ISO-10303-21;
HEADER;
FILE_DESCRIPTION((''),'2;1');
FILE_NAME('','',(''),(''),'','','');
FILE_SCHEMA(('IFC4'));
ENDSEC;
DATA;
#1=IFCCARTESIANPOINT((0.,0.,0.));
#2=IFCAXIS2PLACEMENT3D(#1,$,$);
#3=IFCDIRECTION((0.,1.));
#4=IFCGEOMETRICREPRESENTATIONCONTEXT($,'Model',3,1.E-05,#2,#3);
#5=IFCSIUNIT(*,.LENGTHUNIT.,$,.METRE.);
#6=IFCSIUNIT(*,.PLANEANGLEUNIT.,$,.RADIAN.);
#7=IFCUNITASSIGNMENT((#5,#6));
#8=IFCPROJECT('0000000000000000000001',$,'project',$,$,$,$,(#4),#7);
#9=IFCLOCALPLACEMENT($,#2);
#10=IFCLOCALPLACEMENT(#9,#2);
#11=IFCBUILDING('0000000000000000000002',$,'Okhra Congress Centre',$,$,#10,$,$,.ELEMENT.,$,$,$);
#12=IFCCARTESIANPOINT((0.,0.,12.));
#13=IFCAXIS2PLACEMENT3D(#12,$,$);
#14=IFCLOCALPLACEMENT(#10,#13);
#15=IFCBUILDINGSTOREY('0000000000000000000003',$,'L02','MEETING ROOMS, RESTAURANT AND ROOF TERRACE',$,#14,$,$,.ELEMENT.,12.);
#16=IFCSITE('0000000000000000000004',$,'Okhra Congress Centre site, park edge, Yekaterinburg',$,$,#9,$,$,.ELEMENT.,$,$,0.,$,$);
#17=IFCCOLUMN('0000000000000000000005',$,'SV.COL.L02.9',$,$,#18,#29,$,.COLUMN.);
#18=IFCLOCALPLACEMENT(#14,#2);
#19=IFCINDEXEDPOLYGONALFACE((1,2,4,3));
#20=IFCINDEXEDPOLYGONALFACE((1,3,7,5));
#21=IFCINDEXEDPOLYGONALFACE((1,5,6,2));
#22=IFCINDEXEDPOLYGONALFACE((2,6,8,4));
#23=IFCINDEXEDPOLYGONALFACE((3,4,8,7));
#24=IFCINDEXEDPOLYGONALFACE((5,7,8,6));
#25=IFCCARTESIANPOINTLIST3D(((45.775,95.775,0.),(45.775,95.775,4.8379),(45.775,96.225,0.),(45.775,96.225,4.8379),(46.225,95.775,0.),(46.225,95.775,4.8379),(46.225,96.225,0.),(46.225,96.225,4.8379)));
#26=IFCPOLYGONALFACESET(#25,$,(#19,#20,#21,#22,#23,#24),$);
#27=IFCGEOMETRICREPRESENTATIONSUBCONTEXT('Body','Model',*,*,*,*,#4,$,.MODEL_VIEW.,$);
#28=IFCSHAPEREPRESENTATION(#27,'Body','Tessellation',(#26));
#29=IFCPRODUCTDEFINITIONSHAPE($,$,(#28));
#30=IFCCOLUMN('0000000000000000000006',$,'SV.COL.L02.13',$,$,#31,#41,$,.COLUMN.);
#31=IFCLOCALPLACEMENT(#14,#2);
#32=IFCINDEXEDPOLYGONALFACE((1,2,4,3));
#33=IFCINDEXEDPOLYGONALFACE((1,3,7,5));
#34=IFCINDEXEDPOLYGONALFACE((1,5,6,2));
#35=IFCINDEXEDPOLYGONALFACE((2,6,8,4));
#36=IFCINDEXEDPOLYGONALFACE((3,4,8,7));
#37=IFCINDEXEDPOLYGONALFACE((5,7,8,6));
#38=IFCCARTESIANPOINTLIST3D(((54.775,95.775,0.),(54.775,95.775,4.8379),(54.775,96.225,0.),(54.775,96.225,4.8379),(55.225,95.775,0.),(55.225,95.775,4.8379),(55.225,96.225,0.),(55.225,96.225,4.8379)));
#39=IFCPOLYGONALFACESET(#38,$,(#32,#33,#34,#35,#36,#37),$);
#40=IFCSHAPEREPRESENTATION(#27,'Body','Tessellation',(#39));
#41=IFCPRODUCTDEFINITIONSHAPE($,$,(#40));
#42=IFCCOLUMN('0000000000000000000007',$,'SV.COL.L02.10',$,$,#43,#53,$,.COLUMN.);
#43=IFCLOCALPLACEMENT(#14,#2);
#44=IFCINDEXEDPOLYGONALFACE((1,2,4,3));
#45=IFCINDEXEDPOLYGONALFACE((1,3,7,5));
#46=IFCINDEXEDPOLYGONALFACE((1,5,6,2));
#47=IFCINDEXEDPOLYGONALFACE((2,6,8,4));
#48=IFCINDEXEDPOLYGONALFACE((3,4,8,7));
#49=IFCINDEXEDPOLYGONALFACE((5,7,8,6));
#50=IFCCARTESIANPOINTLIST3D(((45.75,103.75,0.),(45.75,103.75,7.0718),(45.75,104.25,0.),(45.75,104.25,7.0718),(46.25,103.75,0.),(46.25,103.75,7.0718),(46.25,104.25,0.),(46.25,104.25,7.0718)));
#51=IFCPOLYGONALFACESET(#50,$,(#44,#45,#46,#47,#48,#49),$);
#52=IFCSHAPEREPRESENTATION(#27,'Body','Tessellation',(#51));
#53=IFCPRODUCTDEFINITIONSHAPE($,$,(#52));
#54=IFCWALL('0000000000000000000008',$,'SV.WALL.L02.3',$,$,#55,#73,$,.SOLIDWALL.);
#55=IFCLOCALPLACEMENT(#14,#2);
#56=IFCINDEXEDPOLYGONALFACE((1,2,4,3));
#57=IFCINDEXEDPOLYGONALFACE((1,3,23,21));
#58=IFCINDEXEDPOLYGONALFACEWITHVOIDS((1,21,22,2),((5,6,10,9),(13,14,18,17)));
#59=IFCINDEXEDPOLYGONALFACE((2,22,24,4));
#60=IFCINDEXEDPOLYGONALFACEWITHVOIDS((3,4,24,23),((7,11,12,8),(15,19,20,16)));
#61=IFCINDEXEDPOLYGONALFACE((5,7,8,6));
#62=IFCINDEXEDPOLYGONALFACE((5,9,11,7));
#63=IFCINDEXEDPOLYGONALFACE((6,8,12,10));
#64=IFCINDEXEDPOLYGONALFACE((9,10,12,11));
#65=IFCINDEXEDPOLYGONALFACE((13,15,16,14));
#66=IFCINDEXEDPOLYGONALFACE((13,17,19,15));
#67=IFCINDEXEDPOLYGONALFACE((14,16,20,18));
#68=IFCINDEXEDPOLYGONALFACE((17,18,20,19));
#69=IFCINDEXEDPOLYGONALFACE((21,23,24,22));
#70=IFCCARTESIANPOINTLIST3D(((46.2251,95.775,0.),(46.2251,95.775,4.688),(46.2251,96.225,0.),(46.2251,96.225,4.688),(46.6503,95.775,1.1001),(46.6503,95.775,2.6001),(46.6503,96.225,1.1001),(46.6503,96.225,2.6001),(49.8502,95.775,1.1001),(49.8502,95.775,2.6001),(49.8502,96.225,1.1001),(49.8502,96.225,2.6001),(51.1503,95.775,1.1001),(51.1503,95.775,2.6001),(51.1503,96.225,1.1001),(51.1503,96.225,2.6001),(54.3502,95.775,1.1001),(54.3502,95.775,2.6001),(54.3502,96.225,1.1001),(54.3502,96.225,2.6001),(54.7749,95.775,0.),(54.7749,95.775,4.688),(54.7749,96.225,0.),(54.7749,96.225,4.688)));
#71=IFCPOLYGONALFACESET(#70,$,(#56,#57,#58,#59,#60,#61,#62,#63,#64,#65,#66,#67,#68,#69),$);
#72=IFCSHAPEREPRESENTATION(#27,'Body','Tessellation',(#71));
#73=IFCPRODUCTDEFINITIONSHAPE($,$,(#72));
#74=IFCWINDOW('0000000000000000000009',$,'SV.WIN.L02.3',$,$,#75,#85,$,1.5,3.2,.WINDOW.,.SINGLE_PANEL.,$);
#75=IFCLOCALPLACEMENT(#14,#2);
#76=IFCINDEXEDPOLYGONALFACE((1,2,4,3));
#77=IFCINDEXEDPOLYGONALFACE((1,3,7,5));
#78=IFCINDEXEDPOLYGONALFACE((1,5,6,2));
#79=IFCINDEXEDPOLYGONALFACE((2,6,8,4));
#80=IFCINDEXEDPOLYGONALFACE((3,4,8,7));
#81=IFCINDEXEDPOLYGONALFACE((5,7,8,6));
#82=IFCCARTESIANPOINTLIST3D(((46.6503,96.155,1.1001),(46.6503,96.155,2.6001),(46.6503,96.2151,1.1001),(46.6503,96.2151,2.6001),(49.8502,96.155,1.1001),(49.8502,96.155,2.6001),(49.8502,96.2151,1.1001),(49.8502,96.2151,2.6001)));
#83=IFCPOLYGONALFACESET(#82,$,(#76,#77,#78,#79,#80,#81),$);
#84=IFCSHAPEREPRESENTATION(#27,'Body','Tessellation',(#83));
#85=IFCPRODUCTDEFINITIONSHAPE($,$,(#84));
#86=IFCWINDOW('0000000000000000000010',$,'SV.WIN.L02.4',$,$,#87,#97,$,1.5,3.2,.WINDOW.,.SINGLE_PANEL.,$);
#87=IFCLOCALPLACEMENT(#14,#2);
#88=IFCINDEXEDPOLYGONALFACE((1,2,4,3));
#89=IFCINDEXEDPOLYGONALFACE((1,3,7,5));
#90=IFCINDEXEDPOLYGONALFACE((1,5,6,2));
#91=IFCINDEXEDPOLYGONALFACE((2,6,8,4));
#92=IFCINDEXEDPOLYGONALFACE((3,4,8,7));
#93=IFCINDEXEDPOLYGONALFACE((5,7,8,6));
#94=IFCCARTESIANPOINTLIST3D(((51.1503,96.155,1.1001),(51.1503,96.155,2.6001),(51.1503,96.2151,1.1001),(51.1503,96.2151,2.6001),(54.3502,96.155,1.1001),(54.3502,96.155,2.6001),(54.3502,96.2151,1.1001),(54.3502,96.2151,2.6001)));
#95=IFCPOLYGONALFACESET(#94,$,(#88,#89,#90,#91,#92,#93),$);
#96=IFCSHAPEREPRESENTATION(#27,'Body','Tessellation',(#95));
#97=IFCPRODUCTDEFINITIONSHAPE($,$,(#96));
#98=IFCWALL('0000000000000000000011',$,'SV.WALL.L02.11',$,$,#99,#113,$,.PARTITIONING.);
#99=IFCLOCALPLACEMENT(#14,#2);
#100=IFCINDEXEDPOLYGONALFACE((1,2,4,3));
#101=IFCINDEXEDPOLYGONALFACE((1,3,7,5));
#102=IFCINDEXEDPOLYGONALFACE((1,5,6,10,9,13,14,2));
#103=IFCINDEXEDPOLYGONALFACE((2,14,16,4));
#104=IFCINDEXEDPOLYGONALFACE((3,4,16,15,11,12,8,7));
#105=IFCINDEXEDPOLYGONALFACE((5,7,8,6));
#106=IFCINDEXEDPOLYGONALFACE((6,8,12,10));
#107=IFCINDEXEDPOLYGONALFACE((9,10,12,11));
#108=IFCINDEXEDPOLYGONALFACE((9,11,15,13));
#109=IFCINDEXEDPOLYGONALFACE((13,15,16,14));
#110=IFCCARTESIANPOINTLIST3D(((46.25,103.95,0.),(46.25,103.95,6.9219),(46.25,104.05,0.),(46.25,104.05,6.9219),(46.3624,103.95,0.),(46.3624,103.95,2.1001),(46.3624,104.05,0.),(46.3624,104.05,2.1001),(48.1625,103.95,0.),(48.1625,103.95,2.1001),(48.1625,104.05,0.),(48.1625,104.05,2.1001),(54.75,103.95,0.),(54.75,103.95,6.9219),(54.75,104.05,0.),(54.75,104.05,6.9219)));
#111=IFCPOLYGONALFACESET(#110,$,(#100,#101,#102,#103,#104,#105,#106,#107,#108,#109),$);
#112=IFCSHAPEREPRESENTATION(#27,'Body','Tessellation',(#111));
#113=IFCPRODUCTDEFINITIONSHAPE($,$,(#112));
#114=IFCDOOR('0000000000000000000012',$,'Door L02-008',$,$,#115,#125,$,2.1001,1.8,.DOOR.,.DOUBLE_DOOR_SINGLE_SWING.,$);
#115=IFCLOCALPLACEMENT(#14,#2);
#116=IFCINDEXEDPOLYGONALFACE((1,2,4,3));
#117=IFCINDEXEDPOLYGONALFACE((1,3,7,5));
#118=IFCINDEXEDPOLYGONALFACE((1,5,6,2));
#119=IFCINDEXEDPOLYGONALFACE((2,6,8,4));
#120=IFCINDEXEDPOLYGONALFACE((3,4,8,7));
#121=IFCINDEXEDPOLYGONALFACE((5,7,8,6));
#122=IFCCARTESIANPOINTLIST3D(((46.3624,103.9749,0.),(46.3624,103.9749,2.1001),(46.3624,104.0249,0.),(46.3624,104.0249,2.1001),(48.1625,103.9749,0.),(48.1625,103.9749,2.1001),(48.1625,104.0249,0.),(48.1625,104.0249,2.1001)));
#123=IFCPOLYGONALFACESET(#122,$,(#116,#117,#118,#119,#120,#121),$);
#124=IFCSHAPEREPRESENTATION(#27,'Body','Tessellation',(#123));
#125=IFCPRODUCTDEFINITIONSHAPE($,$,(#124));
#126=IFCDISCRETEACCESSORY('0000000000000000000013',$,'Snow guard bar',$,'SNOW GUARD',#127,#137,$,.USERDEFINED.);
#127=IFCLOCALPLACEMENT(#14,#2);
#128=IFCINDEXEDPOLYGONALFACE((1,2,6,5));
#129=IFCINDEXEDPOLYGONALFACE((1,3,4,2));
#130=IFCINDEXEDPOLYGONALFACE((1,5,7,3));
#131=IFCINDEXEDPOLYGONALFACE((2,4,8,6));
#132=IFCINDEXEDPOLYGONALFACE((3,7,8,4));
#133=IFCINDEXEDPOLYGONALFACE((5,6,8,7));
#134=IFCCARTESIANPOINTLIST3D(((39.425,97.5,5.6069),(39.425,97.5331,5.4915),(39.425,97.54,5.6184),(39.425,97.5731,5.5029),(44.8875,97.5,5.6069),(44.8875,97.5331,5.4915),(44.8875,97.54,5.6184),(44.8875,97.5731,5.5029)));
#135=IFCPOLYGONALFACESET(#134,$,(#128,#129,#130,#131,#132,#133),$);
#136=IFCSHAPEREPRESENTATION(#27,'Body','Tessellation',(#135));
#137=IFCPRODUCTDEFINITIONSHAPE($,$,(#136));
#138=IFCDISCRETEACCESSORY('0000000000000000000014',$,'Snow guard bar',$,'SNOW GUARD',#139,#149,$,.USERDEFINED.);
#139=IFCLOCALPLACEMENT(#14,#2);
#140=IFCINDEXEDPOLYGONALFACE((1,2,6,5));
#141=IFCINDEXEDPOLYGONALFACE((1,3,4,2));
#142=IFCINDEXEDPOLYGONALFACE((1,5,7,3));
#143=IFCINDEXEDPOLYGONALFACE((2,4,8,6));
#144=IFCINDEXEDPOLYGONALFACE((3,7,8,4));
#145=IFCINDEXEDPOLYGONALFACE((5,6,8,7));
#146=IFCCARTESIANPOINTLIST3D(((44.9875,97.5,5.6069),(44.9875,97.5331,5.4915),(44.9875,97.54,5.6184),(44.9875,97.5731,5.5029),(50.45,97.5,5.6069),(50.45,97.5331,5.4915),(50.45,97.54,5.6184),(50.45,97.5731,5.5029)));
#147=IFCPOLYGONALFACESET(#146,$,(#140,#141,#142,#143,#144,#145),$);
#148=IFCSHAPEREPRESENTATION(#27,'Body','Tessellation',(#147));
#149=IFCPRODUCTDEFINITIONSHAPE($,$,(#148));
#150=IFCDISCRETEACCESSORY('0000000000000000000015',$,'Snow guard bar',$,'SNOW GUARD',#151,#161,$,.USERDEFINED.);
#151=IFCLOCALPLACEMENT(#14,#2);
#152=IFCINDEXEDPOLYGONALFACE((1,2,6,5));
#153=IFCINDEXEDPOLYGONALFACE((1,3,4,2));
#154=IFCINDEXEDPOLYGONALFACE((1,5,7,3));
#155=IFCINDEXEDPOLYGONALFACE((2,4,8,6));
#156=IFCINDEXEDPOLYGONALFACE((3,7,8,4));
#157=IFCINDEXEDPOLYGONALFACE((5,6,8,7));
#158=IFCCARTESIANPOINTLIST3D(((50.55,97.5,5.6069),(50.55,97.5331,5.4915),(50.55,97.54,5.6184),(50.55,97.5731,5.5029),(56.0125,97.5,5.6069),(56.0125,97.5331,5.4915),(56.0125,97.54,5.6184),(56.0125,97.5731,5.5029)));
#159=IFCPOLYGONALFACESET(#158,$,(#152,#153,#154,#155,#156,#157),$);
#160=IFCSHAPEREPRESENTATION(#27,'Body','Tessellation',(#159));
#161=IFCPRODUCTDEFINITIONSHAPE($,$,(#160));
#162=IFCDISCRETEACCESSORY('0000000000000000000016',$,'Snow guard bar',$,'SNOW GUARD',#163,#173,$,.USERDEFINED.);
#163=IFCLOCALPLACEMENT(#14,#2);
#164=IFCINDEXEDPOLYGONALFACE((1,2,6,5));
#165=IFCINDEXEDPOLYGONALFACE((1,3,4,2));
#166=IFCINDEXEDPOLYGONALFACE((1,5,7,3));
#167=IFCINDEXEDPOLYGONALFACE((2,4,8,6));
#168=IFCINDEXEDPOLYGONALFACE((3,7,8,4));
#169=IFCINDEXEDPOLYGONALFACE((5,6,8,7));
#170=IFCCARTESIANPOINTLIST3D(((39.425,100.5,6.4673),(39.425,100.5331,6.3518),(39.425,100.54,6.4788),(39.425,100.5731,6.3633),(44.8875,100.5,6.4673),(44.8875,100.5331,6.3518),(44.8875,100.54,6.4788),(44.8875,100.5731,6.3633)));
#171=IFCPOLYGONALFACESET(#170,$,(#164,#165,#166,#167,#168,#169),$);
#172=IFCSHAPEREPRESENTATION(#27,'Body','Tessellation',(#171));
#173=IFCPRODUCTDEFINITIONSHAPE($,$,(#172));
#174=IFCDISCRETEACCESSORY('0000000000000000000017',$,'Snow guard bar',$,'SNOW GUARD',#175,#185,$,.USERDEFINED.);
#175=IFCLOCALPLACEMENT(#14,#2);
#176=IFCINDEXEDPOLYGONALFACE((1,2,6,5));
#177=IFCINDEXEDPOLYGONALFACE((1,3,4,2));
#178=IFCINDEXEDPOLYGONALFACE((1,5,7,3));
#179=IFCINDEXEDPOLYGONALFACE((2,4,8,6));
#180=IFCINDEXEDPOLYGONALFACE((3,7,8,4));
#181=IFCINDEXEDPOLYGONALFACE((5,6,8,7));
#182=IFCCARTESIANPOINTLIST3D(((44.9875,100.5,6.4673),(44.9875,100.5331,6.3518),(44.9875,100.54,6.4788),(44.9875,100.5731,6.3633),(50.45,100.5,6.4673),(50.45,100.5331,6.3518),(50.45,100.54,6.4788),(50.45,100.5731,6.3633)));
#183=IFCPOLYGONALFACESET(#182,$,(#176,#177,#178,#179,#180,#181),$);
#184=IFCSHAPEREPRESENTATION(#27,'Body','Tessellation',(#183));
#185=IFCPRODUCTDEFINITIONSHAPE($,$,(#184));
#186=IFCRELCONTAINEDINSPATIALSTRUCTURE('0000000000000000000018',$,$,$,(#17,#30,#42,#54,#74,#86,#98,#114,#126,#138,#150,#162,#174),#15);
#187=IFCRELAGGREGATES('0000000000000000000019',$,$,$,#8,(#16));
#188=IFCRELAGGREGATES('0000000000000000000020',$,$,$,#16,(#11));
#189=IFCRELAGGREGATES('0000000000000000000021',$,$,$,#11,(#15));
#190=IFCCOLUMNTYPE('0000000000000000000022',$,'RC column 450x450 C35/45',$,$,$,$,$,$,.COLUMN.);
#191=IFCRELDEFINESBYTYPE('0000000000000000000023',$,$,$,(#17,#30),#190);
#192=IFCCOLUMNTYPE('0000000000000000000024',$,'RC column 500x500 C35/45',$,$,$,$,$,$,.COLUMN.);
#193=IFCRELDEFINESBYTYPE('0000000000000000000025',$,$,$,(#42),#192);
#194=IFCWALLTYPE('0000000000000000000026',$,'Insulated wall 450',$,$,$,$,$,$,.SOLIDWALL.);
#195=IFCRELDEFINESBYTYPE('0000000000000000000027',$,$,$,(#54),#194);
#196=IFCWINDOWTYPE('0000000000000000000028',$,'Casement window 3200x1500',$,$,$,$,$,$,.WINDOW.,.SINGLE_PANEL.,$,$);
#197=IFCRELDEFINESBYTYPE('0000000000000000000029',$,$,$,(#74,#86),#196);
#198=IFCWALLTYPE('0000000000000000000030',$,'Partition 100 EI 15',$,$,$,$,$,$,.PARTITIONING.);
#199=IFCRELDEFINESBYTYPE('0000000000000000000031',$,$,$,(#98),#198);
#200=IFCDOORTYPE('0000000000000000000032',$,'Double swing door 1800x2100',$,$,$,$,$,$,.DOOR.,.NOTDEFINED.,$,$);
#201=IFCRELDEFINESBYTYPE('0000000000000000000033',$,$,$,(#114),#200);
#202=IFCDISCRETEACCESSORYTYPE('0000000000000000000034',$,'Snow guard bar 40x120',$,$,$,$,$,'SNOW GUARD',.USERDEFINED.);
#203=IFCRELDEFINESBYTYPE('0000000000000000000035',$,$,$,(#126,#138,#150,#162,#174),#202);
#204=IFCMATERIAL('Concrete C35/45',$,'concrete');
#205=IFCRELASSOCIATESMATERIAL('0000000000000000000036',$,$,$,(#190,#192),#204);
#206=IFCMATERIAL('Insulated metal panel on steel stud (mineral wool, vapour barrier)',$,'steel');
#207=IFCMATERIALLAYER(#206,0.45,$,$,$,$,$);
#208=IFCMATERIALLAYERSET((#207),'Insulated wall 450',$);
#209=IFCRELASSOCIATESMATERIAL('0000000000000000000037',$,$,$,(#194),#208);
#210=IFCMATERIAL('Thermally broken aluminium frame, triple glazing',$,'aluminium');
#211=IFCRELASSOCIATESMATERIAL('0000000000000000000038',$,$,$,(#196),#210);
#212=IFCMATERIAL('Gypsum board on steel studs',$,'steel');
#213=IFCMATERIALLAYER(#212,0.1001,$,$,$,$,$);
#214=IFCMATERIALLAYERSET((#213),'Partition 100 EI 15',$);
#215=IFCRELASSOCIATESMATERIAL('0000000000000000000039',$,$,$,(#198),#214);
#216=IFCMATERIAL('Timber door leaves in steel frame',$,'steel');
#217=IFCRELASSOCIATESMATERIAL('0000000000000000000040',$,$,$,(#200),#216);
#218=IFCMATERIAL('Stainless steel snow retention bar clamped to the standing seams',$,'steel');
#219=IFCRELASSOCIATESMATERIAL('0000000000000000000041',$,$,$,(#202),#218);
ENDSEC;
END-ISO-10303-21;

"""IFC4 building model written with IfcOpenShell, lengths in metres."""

from ifc_helpers import new_model, si_unit, direction, frame, frame_2d, origin, origin_2d, place, context, subcontext, project, spatial, polyline, rectangle, outline, extrude, material, layer, layer_set, material_profile, profile_set, type_object, element, fill, save


model = new_model("IFC4")

# Units and contexts
model_context = context("Model", 3, precision=1e-05, world=origin(), true_north=direction((0.0, 1.0)))
body_context = subcontext(model_context, "Body", "Model", "MODEL_VIEW")
ifc_project = project(units=[si_unit("LENGTHUNIT", "METRE"), si_unit("PLANEANGLEUNIT", "RADIAN")], contexts=[model_context])

# Site, building, storey
site_placement = place(None, origin())
site = spatial("IfcSite", under=ifc_project, at=site_placement, Name="Okhra Congress Centre site, park edge, Yekaterinburg", CompositionType="ELEMENT", RefElevation=0.0)
building_placement = place(site_placement, origin())
building = spatial("IfcBuilding", under=site, at=building_placement, Name="Okhra Congress Centre", CompositionType="ELEMENT")
storey_placement = place(building_placement, frame((0.0, 0.0, 12.0)))
storey = spatial("IfcBuildingStorey", under=building, at=storey_placement, Name="L02", Description="MEETING ROOMS, RESTAURANT AND ROOF TERRACE", CompositionType="ELEMENT", Elevation=12.0)

# Columns
ifc_material_1 = material(Name="Concrete C35/45", Category="concrete")
ifc_material_profile_1 = material_profile(ifc_material_1, rectangle(XDim=0.45, YDim=0.45, at=origin_2d()), Name="RC 450x450")
ifc_profile_set_1 = profile_set([ifc_material_profile_1], Name="Concrete C35/45")
column_type_1 = type_object("IfcColumnType", Name="RC column 450x450 C35/45", PredefinedType="COLUMN", material=ifc_profile_set_1)
for number, where, z_axis, x_axis, name in (
    (1, (46.0, 96.0, 0.0), (0.0, 0.0, 1.0), (1.0, 0.0, 0.0), "SV.COL.L02.9"),
    (2, (55.0, 96.0, 0.0), (0.0, 0.0, 1.0), (1.0, 0.0, 0.0), "SV.COL.L02.13"),
):
    element("IfcColumn", number, at=place(storey_placement, frame(where, z_axis=z_axis, x_axis=x_axis)), inside=storey, type_object=column_type_1, Name=name, PredefinedType="COLUMN", context=body_context, shape_type="SweptSolid", body=[
        extrude(rectangle(XDim=0.45, YDim=0.45, at=origin_2d()), origin(), (0.0, 0.0, 1.0), 4.8379),
    ])
ifc_material_profile_2 = material_profile(ifc_material_1, rectangle(XDim=0.5, YDim=0.5, at=origin_2d()), Name="RC 500x500")
ifc_profile_set_2 = profile_set([ifc_material_profile_2], Name="Concrete C35/45")
column_type_2 = type_object("IfcColumnType", Name="RC column 500x500 C35/45", PredefinedType="COLUMN", material=ifc_profile_set_2)
column_placement = place(storey_placement, frame((46.0, 104.0, 0.0), z_axis=(0.0, 0.0, 1.0), x_axis=(1.0, 0.0, 0.0)))
element("IfcColumn", 3, at=column_placement, inside=storey, type_object=column_type_2, Name="SV.COL.L02.10", PredefinedType="COLUMN", context=body_context, shape_type="SweptSolid", body=[
    extrude(rectangle(XDim=0.5, YDim=0.5, at=origin_2d()), origin(), (0.0, 0.0, 1.0), 7.0718),
])

# Wall, openings, windows
ifc_material_2 = material(Name="Insulated metal panel on steel stud (mineral wool, vapour barrier)", Category="steel")
ifc_layer_1 = layer(ifc_material_2, 0.45)
ifc_layer_set_1 = layer_set([ifc_layer_1], Name="Insulated wall 450")
wall_type_1 = type_object("IfcWallType", Name="Insulated wall 450", PredefinedType="SOLIDWALL", material=ifc_layer_set_1)
wall_1_placement = place(storey_placement, frame((46.2251, 96.0, 0.0), z_axis=(0.0, 0.0, 1.0), x_axis=(1.0, 0.0, 0.0)))
wall_1 = element("IfcWall", 4, at=wall_1_placement, inside=storey, type_object=wall_type_1, Name="SV.WALL.L02.3", PredefinedType="SOLIDWALL", context=body_context, shape_type="SweptSolid", body=[
    extrude(rectangle(XDim=8.5498, YDim=0.45, at=frame_2d((4.2749, 0.0))), origin(), (0.0, 0.0, 1.0), 4.688),
])
opening_1_placement = place(wall_1_placement, frame((0.425, 0.0, 1.1001)))
opening_1 = element("IfcOpeningElement", 5, at=opening_1_placement, cuts=wall_1, PredefinedType="OPENING", context=body_context, shape_type="SweptSolid", body=[
    extrude(rectangle(XDim=3.2, YDim=1.5, at=frame_2d((1.6001, 0.75))), frame((0.0, 0.2349, 0.0), z_axis=(0.0, -1.0, 0.0), x_axis=(1.0, 0.0, 0.0)), (0.0, 0.0, 1.0), 0.47),
])
opening_2_placement = place(wall_1_placement, frame((4.925, 0.0, 1.1001)))
opening_2 = element("IfcOpeningElement", 6, at=opening_2_placement, cuts=wall_1, PredefinedType="OPENING", context=body_context, shape_type="SweptSolid", body=[
    extrude(rectangle(XDim=3.2, YDim=1.5, at=frame_2d((1.6001, 0.75))), frame((0.0, 0.2349, 0.0), z_axis=(0.0, -1.0, 0.0), x_axis=(1.0, 0.0, 0.0)), (0.0, 0.0, 1.0), 0.47),
])
ifc_material_3 = material(Name="Thermally broken aluminium frame, triple glazing", Category="aluminium")
window_type = type_object("IfcWindowType", Name="Casement window 3200x1500", PartitioningType="SINGLE_PANEL", PredefinedType="WINDOW", material=ifc_material_3)
window_1_placement = place(opening_1_placement, origin())
window_1 = element("IfcWindow", 7, at=window_1_placement, inside=storey, type_object=window_type, Name="SV.WIN.L02.3", OverallHeight=1.5, OverallWidth=3.2, PartitioningType="SINGLE_PANEL", PredefinedType="WINDOW", context=body_context, shape_type="SweptSolid", body=[
    extrude(rectangle(XDim=3.2, YDim=1.5, at=frame_2d((1.6001, 0.75))), frame((0.0, 0.2151, 0.0), z_axis=(0.0, -1.0, 0.0), x_axis=(1.0, 0.0, 0.0)), (0.0, 0.0, 1.0), 0.0601),
])
fill(opening_1, window_1)
window_2_placement = place(opening_2_placement, origin())
window_2 = element("IfcWindow", 8, at=window_2_placement, inside=storey, type_object=window_type, Name="SV.WIN.L02.4", OverallHeight=1.5, OverallWidth=3.2, PartitioningType="SINGLE_PANEL", PredefinedType="WINDOW", context=body_context, shape_type="SweptSolid", body=[
    extrude(rectangle(XDim=3.2, YDim=1.5, at=frame_2d((1.6001, 0.75))), frame((0.0, 0.2151, 0.0), z_axis=(0.0, -1.0, 0.0), x_axis=(1.0, 0.0, 0.0)), (0.0, 0.0, 1.0), 0.0601),
])
fill(opening_2, window_2)

# Wall, opening, door
ifc_material_4 = material(Name="Gypsum board on steel studs", Category="steel")
ifc_layer_2 = layer(ifc_material_4, 0.1001)
ifc_layer_set_2 = layer_set([ifc_layer_2], Name="Partition 100 EI 15")
wall_type_2 = type_object("IfcWallType", Name="Partition 100 EI 15", PredefinedType="PARTITIONING", material=ifc_layer_set_2)
wall_2_placement = place(storey_placement, frame((46.25, 104.0, 0.0), z_axis=(0.0, 0.0, 1.0), x_axis=(1.0, 0.0, 0.0)))
wall_2 = element("IfcWall", 9, at=wall_2_placement, inside=storey, type_object=wall_type_2, Name="SV.WALL.L02.11", PredefinedType="PARTITIONING", context=body_context, shape_type="SweptSolid", body=[
    extrude(rectangle(XDim=8.5, YDim=0.1001, at=frame_2d((4.25, 0.0))), origin(), (0.0, 0.0, 1.0), 6.9219),
])
opening_3_placement = place(wall_2_placement, frame((0.1125, 0.0, 0.0)))
opening_3 = element("IfcOpeningElement", 10, at=opening_3_placement, cuts=wall_2, PredefinedType="OPENING", context=body_context, shape_type="SweptSolid", body=[
    extrude(rectangle(XDim=1.8, YDim=2.1001, at=frame_2d((0.8999, 1.05))), frame((0.0, 0.0601, 0.0), z_axis=(0.0, -1.0, 0.0), x_axis=(1.0, 0.0, 0.0)), (0.0, 0.0, 1.0), 0.1201),
])
ifc_material_5 = material(Name="Timber door leaves in steel frame", Category="steel")
door_type = type_object("IfcDoorType", Name="Double swing door 1800x2100", OperationType="NOTDEFINED", PredefinedType="DOOR", material=ifc_material_5)
door_placement = place(opening_3_placement, origin())
door = element("IfcDoor", 11, at=door_placement, inside=storey, type_object=door_type, Name="Door L02-008", OperationType="DOUBLE_DOOR_SINGLE_SWING", OverallHeight=2.1001, OverallWidth=1.8, PredefinedType="DOOR", context=body_context, shape_type="SweptSolid", body=[
    extrude(rectangle(XDim=1.8, YDim=2.1001, at=frame_2d((0.8999, 1.05))), frame((0.0, 0.0249, 0.0), z_axis=(0.0, -1.0, 0.0), x_axis=(1.0, 0.0, 0.0)), (0.0, 0.0, 1.0), 0.05),
])
fill(opening_3, door)

# Discrete accessories
ifc_material_6 = material(Name="Stainless steel snow retention bar clamped to the standing seams", Category="steel")
discrete_accessory_type = type_object("IfcDiscreteAccessoryType", Name="Snow guard bar 40x120", ElementType="SNOW GUARD", PredefinedType="USERDEFINED", material=ifc_material_6)
for number, where, z_axis, x_axis, name in (
    (12, (39.425, 97.5, 5.6069), (0.0, -0.275495, 0.961302), (1.0, 0.0, 0.0), "Snow guard bar"),
    (13, (44.9875, 97.5, 5.6069), (0.0, -0.275495, 0.961302), (1.0, 0.0, 0.0), "Snow guard bar"),
    (14, (50.55, 97.5, 5.6069), (0.0, -0.275495, 0.961302), (1.0, 0.0, 0.0), "Snow guard bar"),
    (15, (39.425, 100.5, 6.4673), (0.0, -0.275495, 0.961302), (1.0, 0.0, 0.0), "Snow guard bar"),
    (16, (44.9875, 100.5, 6.4673), (0.0, -0.275495, 0.961302), (1.0, 0.0, 0.0), "Snow guard bar"),
):
    element("IfcDiscreteAccessory", number, at=place(storey_placement, frame(where, z_axis=z_axis, x_axis=x_axis)), inside=storey, type_object=discrete_accessory_type, Name=name, ObjectType="SNOW GUARD", PredefinedType="USERDEFINED", context=body_context, shape_type="SweptSolid", body=[
        extrude(outline(polyline([(0.0, 0.0), (5.4624, 0.0), (5.4624, 0.0417), (0.0, 0.0417), (0.0, 0.0)])), origin(), (0.0, 0.0, -1.0), 0.1201),
    ])

save(model, "model.ifc")
